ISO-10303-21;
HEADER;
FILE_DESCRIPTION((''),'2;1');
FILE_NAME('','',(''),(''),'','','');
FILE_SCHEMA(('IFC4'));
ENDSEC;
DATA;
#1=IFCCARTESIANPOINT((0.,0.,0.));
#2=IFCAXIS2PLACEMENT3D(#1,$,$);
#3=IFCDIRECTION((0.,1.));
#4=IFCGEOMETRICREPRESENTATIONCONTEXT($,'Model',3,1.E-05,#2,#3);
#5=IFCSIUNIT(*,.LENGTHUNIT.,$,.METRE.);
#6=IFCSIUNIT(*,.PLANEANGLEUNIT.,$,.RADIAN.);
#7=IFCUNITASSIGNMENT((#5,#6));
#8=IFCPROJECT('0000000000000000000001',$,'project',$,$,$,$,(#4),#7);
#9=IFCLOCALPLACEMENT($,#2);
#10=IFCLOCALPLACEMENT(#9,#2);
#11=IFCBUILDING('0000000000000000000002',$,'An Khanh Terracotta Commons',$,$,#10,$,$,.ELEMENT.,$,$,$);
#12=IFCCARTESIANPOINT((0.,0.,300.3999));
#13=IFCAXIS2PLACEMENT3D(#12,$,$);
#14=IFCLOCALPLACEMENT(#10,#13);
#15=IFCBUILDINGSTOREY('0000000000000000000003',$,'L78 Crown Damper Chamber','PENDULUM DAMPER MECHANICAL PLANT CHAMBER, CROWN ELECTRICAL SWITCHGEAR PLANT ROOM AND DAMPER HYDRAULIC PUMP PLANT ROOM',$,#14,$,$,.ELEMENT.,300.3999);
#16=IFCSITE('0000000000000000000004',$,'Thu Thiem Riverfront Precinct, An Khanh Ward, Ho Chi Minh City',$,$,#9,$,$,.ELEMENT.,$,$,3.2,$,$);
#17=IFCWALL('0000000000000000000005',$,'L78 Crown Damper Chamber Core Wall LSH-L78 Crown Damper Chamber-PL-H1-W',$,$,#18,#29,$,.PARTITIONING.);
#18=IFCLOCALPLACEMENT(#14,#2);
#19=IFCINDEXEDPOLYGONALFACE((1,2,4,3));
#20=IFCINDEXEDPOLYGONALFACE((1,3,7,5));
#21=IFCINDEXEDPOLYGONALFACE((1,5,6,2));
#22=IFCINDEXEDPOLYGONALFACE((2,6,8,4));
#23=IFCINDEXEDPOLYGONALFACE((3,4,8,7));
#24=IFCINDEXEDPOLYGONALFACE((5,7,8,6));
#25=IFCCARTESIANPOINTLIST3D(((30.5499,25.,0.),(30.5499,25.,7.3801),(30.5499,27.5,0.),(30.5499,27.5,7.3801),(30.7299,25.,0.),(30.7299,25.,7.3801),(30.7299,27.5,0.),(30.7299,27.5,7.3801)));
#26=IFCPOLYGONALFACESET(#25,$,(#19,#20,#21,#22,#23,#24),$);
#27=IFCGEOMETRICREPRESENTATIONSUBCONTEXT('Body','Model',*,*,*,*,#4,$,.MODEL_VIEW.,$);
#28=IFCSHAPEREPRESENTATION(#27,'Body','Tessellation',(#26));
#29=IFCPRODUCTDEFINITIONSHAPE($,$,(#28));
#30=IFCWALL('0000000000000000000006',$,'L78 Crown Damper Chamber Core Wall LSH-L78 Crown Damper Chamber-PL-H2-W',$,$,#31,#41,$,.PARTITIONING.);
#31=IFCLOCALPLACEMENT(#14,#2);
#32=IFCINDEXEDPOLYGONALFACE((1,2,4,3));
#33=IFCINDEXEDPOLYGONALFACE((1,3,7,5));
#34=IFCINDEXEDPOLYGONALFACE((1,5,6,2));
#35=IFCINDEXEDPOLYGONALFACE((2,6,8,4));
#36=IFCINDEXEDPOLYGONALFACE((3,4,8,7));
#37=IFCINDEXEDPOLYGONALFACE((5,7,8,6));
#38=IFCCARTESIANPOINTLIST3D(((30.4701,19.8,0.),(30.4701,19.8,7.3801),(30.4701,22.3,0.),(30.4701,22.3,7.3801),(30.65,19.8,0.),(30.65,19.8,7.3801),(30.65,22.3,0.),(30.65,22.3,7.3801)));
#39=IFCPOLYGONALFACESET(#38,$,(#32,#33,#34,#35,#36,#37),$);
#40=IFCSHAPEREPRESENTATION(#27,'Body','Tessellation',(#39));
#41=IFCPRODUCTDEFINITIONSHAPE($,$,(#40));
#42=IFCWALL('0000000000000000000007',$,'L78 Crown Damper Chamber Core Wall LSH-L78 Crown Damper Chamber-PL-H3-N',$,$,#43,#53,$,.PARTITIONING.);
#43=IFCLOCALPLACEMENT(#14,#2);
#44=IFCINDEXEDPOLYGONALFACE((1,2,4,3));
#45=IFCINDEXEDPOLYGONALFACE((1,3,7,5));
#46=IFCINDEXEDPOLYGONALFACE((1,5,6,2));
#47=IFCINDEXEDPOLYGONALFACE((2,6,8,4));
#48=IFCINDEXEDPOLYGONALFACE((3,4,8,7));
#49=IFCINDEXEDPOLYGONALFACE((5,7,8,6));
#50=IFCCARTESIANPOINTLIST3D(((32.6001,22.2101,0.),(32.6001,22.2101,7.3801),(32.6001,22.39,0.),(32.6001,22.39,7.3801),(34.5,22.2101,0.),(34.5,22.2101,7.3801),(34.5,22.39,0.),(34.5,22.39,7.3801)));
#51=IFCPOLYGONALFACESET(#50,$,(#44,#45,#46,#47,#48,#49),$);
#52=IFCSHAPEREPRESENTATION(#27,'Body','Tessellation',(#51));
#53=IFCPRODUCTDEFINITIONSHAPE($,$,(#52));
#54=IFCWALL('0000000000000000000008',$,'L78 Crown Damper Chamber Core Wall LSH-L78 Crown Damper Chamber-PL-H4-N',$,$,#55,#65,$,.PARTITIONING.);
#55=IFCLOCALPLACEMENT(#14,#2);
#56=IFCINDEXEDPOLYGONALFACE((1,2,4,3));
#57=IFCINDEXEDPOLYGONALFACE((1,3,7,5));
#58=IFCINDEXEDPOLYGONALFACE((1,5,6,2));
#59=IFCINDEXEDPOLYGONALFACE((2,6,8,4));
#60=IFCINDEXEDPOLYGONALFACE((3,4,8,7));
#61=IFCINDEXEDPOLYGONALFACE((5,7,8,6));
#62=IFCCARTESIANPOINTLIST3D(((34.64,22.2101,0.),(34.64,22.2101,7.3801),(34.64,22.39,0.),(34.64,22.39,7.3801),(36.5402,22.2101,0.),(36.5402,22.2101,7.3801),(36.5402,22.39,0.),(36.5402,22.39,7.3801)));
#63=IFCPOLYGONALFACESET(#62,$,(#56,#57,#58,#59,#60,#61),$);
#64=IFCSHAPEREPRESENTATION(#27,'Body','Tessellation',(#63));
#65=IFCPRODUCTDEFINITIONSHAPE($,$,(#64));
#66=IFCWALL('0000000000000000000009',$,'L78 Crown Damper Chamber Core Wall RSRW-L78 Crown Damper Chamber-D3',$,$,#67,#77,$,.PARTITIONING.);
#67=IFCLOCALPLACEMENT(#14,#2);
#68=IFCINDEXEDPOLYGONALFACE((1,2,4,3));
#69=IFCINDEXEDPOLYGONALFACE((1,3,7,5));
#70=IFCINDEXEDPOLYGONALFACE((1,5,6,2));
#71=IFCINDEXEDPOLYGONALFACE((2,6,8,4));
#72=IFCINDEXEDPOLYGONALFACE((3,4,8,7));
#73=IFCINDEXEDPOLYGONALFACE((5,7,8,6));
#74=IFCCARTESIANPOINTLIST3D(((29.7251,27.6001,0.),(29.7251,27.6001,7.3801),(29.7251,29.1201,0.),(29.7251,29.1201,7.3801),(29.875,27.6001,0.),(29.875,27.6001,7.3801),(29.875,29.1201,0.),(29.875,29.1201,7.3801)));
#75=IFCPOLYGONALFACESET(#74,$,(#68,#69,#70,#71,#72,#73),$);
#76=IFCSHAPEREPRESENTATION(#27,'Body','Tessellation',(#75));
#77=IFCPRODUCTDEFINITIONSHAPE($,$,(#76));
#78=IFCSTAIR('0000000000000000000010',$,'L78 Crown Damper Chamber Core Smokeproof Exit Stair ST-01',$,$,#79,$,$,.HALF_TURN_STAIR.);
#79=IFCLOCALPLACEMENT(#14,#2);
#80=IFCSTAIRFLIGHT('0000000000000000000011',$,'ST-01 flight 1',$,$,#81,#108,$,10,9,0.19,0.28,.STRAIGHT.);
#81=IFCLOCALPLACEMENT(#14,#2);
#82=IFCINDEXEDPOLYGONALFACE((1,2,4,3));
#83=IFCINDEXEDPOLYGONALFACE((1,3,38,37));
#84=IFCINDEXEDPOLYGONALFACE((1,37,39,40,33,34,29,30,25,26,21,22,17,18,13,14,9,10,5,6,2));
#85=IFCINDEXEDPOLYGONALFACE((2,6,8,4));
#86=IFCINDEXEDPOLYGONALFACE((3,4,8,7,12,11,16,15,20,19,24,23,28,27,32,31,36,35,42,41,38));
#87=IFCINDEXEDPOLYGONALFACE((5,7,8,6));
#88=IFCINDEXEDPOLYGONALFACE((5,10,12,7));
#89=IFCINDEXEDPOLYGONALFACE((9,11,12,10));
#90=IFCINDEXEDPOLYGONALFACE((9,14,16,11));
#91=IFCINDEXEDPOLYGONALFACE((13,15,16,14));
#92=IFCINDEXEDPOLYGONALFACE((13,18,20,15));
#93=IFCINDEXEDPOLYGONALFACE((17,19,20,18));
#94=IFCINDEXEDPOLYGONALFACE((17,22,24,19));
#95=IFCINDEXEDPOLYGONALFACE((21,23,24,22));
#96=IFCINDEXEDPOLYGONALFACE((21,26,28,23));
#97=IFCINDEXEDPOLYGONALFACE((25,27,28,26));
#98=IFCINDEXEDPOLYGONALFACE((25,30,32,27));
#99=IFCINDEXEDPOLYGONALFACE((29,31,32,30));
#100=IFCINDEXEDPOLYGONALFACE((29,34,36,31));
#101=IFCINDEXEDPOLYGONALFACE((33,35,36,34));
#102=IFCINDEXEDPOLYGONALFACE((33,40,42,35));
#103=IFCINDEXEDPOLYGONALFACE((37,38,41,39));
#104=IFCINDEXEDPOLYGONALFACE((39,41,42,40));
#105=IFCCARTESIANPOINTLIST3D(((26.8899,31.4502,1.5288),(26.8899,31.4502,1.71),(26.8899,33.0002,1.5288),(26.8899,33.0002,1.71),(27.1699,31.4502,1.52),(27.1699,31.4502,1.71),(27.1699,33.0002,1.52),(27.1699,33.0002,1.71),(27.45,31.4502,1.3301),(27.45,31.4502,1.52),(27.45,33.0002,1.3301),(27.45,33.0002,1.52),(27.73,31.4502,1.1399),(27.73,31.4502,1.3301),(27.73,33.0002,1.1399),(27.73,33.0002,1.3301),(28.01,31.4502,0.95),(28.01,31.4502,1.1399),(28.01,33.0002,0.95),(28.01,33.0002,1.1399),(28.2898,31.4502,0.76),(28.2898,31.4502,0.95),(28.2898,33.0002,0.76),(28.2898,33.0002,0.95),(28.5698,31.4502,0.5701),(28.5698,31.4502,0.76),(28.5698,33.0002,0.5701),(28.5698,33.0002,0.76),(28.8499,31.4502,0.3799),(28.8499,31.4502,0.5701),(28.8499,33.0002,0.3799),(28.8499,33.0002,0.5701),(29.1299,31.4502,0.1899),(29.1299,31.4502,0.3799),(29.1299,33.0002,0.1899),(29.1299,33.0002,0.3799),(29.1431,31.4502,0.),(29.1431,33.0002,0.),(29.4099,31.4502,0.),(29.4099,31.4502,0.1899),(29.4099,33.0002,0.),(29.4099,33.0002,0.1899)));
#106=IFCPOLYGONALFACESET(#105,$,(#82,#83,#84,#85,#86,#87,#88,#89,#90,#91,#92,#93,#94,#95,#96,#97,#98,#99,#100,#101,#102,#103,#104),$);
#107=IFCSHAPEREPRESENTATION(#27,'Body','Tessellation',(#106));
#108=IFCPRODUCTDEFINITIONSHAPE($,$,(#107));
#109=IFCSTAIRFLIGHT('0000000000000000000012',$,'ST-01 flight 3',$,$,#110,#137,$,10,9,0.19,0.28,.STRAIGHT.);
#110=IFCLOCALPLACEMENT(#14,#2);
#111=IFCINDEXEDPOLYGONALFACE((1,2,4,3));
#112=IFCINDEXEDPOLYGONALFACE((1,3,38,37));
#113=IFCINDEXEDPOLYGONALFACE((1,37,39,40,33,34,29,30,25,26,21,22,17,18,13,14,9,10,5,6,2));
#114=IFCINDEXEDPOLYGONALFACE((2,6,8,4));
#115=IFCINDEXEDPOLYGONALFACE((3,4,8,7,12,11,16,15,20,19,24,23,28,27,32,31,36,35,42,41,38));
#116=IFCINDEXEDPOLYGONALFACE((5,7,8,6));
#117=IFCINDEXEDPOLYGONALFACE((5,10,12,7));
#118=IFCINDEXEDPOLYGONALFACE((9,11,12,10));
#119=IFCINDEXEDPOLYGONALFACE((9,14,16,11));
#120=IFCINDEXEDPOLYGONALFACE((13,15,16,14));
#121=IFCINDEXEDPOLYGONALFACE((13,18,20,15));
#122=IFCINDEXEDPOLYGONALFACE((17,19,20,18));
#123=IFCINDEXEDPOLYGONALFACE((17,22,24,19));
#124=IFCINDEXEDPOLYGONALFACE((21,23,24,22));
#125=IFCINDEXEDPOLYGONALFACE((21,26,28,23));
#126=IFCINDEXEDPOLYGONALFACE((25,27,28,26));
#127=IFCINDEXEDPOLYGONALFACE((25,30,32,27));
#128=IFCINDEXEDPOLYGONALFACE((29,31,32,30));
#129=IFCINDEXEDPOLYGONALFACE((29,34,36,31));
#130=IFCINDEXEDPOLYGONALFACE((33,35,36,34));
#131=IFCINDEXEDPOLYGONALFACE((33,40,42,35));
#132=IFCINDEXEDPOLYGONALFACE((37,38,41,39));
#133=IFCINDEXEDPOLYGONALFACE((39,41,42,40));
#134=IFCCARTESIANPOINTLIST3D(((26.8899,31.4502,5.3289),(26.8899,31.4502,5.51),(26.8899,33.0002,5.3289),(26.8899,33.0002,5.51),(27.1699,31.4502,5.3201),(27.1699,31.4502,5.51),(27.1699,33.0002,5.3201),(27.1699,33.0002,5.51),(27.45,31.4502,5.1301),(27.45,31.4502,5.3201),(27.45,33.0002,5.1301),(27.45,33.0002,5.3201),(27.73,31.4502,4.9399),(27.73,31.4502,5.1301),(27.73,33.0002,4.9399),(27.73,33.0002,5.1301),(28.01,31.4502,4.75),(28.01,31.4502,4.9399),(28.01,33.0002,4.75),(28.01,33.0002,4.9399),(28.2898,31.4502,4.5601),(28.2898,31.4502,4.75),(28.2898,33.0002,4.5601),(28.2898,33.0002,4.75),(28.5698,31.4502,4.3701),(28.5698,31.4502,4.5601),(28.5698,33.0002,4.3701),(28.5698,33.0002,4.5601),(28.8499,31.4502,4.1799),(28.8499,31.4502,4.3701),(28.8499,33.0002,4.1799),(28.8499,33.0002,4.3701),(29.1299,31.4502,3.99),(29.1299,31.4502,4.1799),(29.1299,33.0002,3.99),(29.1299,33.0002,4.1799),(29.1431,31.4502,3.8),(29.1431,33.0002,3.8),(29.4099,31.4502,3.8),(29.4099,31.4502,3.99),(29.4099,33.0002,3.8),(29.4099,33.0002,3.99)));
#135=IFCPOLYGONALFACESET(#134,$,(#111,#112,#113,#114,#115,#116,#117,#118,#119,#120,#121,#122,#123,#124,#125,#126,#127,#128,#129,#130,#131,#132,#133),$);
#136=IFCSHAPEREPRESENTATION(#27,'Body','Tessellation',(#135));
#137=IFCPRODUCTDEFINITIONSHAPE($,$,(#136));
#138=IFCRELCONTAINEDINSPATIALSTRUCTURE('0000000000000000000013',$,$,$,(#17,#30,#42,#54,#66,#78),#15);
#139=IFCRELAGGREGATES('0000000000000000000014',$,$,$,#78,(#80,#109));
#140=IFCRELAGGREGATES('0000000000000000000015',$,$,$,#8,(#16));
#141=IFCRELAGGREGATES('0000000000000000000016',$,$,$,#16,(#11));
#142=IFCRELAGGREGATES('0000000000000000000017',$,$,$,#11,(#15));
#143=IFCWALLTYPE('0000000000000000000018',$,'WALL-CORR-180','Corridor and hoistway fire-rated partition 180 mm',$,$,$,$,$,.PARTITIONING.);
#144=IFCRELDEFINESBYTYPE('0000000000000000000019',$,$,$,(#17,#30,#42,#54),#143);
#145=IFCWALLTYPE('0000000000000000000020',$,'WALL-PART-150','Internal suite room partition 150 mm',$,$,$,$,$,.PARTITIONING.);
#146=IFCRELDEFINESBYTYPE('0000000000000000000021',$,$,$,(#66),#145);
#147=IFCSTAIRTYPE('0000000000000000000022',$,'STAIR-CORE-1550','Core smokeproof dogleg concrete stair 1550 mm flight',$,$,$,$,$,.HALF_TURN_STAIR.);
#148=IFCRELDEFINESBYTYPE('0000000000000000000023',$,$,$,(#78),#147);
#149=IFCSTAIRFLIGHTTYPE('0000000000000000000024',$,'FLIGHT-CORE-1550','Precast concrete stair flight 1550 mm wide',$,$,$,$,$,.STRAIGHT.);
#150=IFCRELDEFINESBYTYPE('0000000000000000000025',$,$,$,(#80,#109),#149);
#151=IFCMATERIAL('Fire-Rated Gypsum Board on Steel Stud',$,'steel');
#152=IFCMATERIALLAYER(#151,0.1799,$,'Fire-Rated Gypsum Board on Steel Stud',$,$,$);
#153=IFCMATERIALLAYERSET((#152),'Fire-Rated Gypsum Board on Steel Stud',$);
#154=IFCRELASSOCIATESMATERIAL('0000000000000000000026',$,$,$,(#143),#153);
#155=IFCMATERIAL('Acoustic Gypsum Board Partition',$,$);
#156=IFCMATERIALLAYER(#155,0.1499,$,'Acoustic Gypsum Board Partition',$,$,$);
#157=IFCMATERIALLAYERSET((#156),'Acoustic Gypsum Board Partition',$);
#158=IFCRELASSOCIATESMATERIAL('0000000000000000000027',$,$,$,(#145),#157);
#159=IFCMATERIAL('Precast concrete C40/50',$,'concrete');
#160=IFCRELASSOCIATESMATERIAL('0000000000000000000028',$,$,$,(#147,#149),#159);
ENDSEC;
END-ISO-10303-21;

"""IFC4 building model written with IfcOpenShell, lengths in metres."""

from ifc_helpers import new_model, si_unit, direction, frame, frame_2d, origin, place, context, subcontext, project, spatial, polyline, rectangle, outline, extrude, material, layer, layer_set, type_object, element, aggregate, save


model = new_model("IFC4")

# Units and contexts
model_context = context("Model", 3, precision=1e-05, world=origin(), true_north=direction((0.0, 1.0)))
body_context = subcontext(model_context, "Body", "Model", "MODEL_VIEW")
ifc_project = project(units=[si_unit("LENGTHUNIT", "METRE"), si_unit("PLANEANGLEUNIT", "RADIAN")], contexts=[model_context])

# Site, building, storey
site_placement = place(None, origin())
site = spatial("IfcSite", under=ifc_project, at=site_placement, Name="Thu Thiem Riverfront Precinct, An Khanh Ward, Ho Chi Minh City", CompositionType="ELEMENT", RefElevation=3.2)
building_placement = place(site_placement, origin())
building = spatial("IfcBuilding", under=site, at=building_placement, Name="An Khanh Terracotta Commons", CompositionType="ELEMENT")
storey_placement = place(building_placement, frame((0.0, 0.0, 300.3999)))
storey = spatial("IfcBuildingStorey", under=building, at=storey_placement, Name="L78 Crown Damper Chamber", Description="PENDULUM DAMPER MECHANICAL PLANT CHAMBER, CROWN ELECTRICAL SWITCHGEAR PLANT ROOM AND DAMPER HYDRAULIC PUMP PLANT ROOM", CompositionType="ELEMENT", Elevation=300.3999)

# Walls
ifc_material_1 = material(Name="Fire-Rated Gypsum Board on Steel Stud", Category="steel")
ifc_layer_1 = layer(ifc_material_1, 0.1799, Name="Fire-Rated Gypsum Board on Steel Stud")
ifc_layer_set_1 = layer_set([ifc_layer_1], Name="Fire-Rated Gypsum Board on Steel Stud")
wall_type_1 = type_object("IfcWallType", Name="WALL-CORR-180", Description="Corridor and hoistway fire-rated partition 180 mm", PredefinedType="PARTITIONING", material=ifc_layer_set_1)
for number, where, z_axis, x_axis, name in (
    (1, (30.6399, 27.5, 0.0), (0.0, 0.0, 1.0), (0.0, -1.0, 0.0), "L78 Crown Damper Chamber Core Wall LSH-L78 Crown Damper Chamber-PL-H1-W"),
    (2, (30.5601, 22.3, 0.0), (0.0, 0.0, 1.0), (0.0, -1.0, 0.0), "L78 Crown Damper Chamber Core Wall LSH-L78 Crown Damper Chamber-PL-H2-W"),
):
    element("IfcWall", number, at=place(storey_placement, frame(where, z_axis=z_axis, x_axis=x_axis)), inside=storey, type_object=wall_type_1, Name=name, PredefinedType="PARTITIONING", context=body_context, shape_type="SweptSolid", body=[
        extrude(rectangle(XDim=2.5, YDim=0.1799, at=frame_2d((1.25, 0.0))), origin(), (0.0, 0.0, 1.0), 7.3801),
    ])
wall_1_placement = place(storey_placement, frame((32.6001, 22.3, 0.0), z_axis=(0.0, 0.0, 1.0), x_axis=(1.0, 0.0, 0.0)))
element("IfcWall", 3, at=wall_1_placement, inside=storey, type_object=wall_type_1, Name="L78 Crown Damper Chamber Core Wall LSH-L78 Crown Damper Chamber-PL-H3-N", PredefinedType="PARTITIONING", context=body_context, shape_type="SweptSolid", body=[
    extrude(rectangle(XDim=1.8999, YDim=0.1799, at=frame_2d((0.95, 0.0))), origin(), (0.0, 0.0, 1.0), 7.3801),
])
wall_2_placement = place(storey_placement, frame((34.6399, 22.3, 0.0), z_axis=(0.0, 0.0, 1.0), x_axis=(1.0, 0.0, 0.0)))
element("IfcWall", 4, at=wall_2_placement, inside=storey, type_object=wall_type_1, Name="L78 Crown Damper Chamber Core Wall LSH-L78 Crown Damper Chamber-PL-H4-N", PredefinedType="PARTITIONING", context=body_context, shape_type="SweptSolid", body=[
    extrude(rectangle(XDim=1.9001, YDim=0.1799, at=frame_2d((0.9502, 0.0))), origin(), (0.0, 0.0, 1.0), 7.3801),
])
ifc_material_2 = material(Name="Acoustic Gypsum Board Partition")
ifc_layer_2 = layer(ifc_material_2, 0.1499, Name="Acoustic Gypsum Board Partition")
ifc_layer_set_2 = layer_set([ifc_layer_2], Name="Acoustic Gypsum Board Partition")
wall_type_2 = type_object("IfcWallType", Name="WALL-PART-150", Description="Internal suite room partition 150 mm", PredefinedType="PARTITIONING", material=ifc_layer_set_2)
wall_3_placement = place(storey_placement, frame((29.8, 27.6001, 0.0), z_axis=(0.0, 0.0, 1.0), x_axis=(0.0, 1.0, 0.0)))
element("IfcWall", 5, at=wall_3_placement, inside=storey, type_object=wall_type_2, Name="L78 Crown Damper Chamber Core Wall RSRW-L78 Crown Damper Chamber-D3", PredefinedType="PARTITIONING", context=body_context, shape_type="SweptSolid", body=[
    extrude(rectangle(XDim=1.52, YDim=0.1499, at=frame_2d((0.76, 0.0))), origin(), (0.0, 0.0, 1.0), 7.3801),
])

# Stair, stair flights
ifc_material_3 = material(Name="Precast concrete C40/50", Category="concrete")
stair_type = type_object("IfcStairType", Name="STAIR-CORE-1550", Description="Core smokeproof dogleg concrete stair 1550 mm flight", PredefinedType="HALF_TURN_STAIR", material=ifc_material_3)
stair_placement = place(storey_placement, origin())
stair = element("IfcStair", 6, at=stair_placement, inside=storey, type_object=stair_type, Name="L78 Crown Damper Chamber Core Smokeproof Exit Stair ST-01", PredefinedType="HALF_TURN_STAIR")
stair_flight_type = type_object("IfcStairFlightType", Name="FLIGHT-CORE-1550", Description="Precast concrete stair flight 1550 mm wide", PredefinedType="STRAIGHT", material=ifc_material_3)
stair_flight_1_placement = place(storey_placement, frame((29.4099, 32.2251, 0.0), z_axis=(0.0, 0.0, 1.0), x_axis=(-1.0, 0.0, 0.0)))
stair_flight_1 = element("IfcStairFlight", 7, at=stair_flight_1_placement, type_object=stair_flight_type, Name="ST-01 flight 1", NumberOfRisers=10, NumberOfTreads=9, PredefinedType="STRAIGHT", RiserHeight=0.19, TreadLength=0.28, context=body_context, shape_type="SweptSolid", body=[
    extrude(outline(polyline([(0.0, 0.0), (0.0, 0.1899), (0.28, 0.1899), (0.28, 0.3799), (0.5601, 0.3799), (0.5601, 0.5701), (0.8401, 0.5701), (0.8401, 0.76), (1.1201, 0.76), (1.1201, 0.95), (1.3999, 0.95), (1.3999, 1.1399), (1.6799, 1.1399), (1.6799, 1.3301), (1.96, 1.3301), (1.96, 1.52), (2.24, 1.52), (2.24, 1.71), (2.52, 1.71), (2.52, 1.8999), (2.52, 1.5288), (0.2668, 0.0), (0.0, 0.0)])), frame((0.0, 0.7749, 0.0), z_axis=(0.0, -1.0, 0.0), x_axis=(1.0, 0.0, 0.0)), (0.0, 0.0, 1.0), 1.55),
])
stair_flight_2_placement = place(storey_placement, frame((29.4099, 32.2251, 3.8), z_axis=(0.0, 0.0, 1.0), x_axis=(-1.0, 0.0, 0.0)))
stair_flight_2 = element("IfcStairFlight", 8, at=stair_flight_2_placement, type_object=stair_flight_type, Name="ST-01 flight 3", NumberOfRisers=10, NumberOfTreads=9, PredefinedType="STRAIGHT", RiserHeight=0.19, TreadLength=0.28, context=body_context, shape_type="SweptSolid", body=[
    extrude(outline(polyline([(0.0, 0.0), (0.0, 0.1899), (0.28, 0.1899), (0.28, 0.3799), (0.5601, 0.3799), (0.5601, 0.5701), (0.8401, 0.5701), (0.8401, 0.76), (1.1201, 0.76), (1.1201, 0.95), (1.3999, 0.95), (1.3999, 1.1399), (1.6799, 1.1399), (1.6799, 1.3301), (1.96, 1.3301), (1.96, 1.52), (2.24, 1.52), (2.24, 1.71), (2.52, 1.71), (2.52, 1.8999), (2.52, 1.5288), (0.2668, 0.0), (0.0, 0.0)])), frame((0.0, 0.7749, 0.0), z_axis=(0.0, -1.0, 0.0), x_axis=(1.0, 0.0, 0.0)), (0.0, 0.0, 1.0), 1.55),
])
aggregate(stair, [stair_flight_1, stair_flight_2])

save(model, "model.ifc")
